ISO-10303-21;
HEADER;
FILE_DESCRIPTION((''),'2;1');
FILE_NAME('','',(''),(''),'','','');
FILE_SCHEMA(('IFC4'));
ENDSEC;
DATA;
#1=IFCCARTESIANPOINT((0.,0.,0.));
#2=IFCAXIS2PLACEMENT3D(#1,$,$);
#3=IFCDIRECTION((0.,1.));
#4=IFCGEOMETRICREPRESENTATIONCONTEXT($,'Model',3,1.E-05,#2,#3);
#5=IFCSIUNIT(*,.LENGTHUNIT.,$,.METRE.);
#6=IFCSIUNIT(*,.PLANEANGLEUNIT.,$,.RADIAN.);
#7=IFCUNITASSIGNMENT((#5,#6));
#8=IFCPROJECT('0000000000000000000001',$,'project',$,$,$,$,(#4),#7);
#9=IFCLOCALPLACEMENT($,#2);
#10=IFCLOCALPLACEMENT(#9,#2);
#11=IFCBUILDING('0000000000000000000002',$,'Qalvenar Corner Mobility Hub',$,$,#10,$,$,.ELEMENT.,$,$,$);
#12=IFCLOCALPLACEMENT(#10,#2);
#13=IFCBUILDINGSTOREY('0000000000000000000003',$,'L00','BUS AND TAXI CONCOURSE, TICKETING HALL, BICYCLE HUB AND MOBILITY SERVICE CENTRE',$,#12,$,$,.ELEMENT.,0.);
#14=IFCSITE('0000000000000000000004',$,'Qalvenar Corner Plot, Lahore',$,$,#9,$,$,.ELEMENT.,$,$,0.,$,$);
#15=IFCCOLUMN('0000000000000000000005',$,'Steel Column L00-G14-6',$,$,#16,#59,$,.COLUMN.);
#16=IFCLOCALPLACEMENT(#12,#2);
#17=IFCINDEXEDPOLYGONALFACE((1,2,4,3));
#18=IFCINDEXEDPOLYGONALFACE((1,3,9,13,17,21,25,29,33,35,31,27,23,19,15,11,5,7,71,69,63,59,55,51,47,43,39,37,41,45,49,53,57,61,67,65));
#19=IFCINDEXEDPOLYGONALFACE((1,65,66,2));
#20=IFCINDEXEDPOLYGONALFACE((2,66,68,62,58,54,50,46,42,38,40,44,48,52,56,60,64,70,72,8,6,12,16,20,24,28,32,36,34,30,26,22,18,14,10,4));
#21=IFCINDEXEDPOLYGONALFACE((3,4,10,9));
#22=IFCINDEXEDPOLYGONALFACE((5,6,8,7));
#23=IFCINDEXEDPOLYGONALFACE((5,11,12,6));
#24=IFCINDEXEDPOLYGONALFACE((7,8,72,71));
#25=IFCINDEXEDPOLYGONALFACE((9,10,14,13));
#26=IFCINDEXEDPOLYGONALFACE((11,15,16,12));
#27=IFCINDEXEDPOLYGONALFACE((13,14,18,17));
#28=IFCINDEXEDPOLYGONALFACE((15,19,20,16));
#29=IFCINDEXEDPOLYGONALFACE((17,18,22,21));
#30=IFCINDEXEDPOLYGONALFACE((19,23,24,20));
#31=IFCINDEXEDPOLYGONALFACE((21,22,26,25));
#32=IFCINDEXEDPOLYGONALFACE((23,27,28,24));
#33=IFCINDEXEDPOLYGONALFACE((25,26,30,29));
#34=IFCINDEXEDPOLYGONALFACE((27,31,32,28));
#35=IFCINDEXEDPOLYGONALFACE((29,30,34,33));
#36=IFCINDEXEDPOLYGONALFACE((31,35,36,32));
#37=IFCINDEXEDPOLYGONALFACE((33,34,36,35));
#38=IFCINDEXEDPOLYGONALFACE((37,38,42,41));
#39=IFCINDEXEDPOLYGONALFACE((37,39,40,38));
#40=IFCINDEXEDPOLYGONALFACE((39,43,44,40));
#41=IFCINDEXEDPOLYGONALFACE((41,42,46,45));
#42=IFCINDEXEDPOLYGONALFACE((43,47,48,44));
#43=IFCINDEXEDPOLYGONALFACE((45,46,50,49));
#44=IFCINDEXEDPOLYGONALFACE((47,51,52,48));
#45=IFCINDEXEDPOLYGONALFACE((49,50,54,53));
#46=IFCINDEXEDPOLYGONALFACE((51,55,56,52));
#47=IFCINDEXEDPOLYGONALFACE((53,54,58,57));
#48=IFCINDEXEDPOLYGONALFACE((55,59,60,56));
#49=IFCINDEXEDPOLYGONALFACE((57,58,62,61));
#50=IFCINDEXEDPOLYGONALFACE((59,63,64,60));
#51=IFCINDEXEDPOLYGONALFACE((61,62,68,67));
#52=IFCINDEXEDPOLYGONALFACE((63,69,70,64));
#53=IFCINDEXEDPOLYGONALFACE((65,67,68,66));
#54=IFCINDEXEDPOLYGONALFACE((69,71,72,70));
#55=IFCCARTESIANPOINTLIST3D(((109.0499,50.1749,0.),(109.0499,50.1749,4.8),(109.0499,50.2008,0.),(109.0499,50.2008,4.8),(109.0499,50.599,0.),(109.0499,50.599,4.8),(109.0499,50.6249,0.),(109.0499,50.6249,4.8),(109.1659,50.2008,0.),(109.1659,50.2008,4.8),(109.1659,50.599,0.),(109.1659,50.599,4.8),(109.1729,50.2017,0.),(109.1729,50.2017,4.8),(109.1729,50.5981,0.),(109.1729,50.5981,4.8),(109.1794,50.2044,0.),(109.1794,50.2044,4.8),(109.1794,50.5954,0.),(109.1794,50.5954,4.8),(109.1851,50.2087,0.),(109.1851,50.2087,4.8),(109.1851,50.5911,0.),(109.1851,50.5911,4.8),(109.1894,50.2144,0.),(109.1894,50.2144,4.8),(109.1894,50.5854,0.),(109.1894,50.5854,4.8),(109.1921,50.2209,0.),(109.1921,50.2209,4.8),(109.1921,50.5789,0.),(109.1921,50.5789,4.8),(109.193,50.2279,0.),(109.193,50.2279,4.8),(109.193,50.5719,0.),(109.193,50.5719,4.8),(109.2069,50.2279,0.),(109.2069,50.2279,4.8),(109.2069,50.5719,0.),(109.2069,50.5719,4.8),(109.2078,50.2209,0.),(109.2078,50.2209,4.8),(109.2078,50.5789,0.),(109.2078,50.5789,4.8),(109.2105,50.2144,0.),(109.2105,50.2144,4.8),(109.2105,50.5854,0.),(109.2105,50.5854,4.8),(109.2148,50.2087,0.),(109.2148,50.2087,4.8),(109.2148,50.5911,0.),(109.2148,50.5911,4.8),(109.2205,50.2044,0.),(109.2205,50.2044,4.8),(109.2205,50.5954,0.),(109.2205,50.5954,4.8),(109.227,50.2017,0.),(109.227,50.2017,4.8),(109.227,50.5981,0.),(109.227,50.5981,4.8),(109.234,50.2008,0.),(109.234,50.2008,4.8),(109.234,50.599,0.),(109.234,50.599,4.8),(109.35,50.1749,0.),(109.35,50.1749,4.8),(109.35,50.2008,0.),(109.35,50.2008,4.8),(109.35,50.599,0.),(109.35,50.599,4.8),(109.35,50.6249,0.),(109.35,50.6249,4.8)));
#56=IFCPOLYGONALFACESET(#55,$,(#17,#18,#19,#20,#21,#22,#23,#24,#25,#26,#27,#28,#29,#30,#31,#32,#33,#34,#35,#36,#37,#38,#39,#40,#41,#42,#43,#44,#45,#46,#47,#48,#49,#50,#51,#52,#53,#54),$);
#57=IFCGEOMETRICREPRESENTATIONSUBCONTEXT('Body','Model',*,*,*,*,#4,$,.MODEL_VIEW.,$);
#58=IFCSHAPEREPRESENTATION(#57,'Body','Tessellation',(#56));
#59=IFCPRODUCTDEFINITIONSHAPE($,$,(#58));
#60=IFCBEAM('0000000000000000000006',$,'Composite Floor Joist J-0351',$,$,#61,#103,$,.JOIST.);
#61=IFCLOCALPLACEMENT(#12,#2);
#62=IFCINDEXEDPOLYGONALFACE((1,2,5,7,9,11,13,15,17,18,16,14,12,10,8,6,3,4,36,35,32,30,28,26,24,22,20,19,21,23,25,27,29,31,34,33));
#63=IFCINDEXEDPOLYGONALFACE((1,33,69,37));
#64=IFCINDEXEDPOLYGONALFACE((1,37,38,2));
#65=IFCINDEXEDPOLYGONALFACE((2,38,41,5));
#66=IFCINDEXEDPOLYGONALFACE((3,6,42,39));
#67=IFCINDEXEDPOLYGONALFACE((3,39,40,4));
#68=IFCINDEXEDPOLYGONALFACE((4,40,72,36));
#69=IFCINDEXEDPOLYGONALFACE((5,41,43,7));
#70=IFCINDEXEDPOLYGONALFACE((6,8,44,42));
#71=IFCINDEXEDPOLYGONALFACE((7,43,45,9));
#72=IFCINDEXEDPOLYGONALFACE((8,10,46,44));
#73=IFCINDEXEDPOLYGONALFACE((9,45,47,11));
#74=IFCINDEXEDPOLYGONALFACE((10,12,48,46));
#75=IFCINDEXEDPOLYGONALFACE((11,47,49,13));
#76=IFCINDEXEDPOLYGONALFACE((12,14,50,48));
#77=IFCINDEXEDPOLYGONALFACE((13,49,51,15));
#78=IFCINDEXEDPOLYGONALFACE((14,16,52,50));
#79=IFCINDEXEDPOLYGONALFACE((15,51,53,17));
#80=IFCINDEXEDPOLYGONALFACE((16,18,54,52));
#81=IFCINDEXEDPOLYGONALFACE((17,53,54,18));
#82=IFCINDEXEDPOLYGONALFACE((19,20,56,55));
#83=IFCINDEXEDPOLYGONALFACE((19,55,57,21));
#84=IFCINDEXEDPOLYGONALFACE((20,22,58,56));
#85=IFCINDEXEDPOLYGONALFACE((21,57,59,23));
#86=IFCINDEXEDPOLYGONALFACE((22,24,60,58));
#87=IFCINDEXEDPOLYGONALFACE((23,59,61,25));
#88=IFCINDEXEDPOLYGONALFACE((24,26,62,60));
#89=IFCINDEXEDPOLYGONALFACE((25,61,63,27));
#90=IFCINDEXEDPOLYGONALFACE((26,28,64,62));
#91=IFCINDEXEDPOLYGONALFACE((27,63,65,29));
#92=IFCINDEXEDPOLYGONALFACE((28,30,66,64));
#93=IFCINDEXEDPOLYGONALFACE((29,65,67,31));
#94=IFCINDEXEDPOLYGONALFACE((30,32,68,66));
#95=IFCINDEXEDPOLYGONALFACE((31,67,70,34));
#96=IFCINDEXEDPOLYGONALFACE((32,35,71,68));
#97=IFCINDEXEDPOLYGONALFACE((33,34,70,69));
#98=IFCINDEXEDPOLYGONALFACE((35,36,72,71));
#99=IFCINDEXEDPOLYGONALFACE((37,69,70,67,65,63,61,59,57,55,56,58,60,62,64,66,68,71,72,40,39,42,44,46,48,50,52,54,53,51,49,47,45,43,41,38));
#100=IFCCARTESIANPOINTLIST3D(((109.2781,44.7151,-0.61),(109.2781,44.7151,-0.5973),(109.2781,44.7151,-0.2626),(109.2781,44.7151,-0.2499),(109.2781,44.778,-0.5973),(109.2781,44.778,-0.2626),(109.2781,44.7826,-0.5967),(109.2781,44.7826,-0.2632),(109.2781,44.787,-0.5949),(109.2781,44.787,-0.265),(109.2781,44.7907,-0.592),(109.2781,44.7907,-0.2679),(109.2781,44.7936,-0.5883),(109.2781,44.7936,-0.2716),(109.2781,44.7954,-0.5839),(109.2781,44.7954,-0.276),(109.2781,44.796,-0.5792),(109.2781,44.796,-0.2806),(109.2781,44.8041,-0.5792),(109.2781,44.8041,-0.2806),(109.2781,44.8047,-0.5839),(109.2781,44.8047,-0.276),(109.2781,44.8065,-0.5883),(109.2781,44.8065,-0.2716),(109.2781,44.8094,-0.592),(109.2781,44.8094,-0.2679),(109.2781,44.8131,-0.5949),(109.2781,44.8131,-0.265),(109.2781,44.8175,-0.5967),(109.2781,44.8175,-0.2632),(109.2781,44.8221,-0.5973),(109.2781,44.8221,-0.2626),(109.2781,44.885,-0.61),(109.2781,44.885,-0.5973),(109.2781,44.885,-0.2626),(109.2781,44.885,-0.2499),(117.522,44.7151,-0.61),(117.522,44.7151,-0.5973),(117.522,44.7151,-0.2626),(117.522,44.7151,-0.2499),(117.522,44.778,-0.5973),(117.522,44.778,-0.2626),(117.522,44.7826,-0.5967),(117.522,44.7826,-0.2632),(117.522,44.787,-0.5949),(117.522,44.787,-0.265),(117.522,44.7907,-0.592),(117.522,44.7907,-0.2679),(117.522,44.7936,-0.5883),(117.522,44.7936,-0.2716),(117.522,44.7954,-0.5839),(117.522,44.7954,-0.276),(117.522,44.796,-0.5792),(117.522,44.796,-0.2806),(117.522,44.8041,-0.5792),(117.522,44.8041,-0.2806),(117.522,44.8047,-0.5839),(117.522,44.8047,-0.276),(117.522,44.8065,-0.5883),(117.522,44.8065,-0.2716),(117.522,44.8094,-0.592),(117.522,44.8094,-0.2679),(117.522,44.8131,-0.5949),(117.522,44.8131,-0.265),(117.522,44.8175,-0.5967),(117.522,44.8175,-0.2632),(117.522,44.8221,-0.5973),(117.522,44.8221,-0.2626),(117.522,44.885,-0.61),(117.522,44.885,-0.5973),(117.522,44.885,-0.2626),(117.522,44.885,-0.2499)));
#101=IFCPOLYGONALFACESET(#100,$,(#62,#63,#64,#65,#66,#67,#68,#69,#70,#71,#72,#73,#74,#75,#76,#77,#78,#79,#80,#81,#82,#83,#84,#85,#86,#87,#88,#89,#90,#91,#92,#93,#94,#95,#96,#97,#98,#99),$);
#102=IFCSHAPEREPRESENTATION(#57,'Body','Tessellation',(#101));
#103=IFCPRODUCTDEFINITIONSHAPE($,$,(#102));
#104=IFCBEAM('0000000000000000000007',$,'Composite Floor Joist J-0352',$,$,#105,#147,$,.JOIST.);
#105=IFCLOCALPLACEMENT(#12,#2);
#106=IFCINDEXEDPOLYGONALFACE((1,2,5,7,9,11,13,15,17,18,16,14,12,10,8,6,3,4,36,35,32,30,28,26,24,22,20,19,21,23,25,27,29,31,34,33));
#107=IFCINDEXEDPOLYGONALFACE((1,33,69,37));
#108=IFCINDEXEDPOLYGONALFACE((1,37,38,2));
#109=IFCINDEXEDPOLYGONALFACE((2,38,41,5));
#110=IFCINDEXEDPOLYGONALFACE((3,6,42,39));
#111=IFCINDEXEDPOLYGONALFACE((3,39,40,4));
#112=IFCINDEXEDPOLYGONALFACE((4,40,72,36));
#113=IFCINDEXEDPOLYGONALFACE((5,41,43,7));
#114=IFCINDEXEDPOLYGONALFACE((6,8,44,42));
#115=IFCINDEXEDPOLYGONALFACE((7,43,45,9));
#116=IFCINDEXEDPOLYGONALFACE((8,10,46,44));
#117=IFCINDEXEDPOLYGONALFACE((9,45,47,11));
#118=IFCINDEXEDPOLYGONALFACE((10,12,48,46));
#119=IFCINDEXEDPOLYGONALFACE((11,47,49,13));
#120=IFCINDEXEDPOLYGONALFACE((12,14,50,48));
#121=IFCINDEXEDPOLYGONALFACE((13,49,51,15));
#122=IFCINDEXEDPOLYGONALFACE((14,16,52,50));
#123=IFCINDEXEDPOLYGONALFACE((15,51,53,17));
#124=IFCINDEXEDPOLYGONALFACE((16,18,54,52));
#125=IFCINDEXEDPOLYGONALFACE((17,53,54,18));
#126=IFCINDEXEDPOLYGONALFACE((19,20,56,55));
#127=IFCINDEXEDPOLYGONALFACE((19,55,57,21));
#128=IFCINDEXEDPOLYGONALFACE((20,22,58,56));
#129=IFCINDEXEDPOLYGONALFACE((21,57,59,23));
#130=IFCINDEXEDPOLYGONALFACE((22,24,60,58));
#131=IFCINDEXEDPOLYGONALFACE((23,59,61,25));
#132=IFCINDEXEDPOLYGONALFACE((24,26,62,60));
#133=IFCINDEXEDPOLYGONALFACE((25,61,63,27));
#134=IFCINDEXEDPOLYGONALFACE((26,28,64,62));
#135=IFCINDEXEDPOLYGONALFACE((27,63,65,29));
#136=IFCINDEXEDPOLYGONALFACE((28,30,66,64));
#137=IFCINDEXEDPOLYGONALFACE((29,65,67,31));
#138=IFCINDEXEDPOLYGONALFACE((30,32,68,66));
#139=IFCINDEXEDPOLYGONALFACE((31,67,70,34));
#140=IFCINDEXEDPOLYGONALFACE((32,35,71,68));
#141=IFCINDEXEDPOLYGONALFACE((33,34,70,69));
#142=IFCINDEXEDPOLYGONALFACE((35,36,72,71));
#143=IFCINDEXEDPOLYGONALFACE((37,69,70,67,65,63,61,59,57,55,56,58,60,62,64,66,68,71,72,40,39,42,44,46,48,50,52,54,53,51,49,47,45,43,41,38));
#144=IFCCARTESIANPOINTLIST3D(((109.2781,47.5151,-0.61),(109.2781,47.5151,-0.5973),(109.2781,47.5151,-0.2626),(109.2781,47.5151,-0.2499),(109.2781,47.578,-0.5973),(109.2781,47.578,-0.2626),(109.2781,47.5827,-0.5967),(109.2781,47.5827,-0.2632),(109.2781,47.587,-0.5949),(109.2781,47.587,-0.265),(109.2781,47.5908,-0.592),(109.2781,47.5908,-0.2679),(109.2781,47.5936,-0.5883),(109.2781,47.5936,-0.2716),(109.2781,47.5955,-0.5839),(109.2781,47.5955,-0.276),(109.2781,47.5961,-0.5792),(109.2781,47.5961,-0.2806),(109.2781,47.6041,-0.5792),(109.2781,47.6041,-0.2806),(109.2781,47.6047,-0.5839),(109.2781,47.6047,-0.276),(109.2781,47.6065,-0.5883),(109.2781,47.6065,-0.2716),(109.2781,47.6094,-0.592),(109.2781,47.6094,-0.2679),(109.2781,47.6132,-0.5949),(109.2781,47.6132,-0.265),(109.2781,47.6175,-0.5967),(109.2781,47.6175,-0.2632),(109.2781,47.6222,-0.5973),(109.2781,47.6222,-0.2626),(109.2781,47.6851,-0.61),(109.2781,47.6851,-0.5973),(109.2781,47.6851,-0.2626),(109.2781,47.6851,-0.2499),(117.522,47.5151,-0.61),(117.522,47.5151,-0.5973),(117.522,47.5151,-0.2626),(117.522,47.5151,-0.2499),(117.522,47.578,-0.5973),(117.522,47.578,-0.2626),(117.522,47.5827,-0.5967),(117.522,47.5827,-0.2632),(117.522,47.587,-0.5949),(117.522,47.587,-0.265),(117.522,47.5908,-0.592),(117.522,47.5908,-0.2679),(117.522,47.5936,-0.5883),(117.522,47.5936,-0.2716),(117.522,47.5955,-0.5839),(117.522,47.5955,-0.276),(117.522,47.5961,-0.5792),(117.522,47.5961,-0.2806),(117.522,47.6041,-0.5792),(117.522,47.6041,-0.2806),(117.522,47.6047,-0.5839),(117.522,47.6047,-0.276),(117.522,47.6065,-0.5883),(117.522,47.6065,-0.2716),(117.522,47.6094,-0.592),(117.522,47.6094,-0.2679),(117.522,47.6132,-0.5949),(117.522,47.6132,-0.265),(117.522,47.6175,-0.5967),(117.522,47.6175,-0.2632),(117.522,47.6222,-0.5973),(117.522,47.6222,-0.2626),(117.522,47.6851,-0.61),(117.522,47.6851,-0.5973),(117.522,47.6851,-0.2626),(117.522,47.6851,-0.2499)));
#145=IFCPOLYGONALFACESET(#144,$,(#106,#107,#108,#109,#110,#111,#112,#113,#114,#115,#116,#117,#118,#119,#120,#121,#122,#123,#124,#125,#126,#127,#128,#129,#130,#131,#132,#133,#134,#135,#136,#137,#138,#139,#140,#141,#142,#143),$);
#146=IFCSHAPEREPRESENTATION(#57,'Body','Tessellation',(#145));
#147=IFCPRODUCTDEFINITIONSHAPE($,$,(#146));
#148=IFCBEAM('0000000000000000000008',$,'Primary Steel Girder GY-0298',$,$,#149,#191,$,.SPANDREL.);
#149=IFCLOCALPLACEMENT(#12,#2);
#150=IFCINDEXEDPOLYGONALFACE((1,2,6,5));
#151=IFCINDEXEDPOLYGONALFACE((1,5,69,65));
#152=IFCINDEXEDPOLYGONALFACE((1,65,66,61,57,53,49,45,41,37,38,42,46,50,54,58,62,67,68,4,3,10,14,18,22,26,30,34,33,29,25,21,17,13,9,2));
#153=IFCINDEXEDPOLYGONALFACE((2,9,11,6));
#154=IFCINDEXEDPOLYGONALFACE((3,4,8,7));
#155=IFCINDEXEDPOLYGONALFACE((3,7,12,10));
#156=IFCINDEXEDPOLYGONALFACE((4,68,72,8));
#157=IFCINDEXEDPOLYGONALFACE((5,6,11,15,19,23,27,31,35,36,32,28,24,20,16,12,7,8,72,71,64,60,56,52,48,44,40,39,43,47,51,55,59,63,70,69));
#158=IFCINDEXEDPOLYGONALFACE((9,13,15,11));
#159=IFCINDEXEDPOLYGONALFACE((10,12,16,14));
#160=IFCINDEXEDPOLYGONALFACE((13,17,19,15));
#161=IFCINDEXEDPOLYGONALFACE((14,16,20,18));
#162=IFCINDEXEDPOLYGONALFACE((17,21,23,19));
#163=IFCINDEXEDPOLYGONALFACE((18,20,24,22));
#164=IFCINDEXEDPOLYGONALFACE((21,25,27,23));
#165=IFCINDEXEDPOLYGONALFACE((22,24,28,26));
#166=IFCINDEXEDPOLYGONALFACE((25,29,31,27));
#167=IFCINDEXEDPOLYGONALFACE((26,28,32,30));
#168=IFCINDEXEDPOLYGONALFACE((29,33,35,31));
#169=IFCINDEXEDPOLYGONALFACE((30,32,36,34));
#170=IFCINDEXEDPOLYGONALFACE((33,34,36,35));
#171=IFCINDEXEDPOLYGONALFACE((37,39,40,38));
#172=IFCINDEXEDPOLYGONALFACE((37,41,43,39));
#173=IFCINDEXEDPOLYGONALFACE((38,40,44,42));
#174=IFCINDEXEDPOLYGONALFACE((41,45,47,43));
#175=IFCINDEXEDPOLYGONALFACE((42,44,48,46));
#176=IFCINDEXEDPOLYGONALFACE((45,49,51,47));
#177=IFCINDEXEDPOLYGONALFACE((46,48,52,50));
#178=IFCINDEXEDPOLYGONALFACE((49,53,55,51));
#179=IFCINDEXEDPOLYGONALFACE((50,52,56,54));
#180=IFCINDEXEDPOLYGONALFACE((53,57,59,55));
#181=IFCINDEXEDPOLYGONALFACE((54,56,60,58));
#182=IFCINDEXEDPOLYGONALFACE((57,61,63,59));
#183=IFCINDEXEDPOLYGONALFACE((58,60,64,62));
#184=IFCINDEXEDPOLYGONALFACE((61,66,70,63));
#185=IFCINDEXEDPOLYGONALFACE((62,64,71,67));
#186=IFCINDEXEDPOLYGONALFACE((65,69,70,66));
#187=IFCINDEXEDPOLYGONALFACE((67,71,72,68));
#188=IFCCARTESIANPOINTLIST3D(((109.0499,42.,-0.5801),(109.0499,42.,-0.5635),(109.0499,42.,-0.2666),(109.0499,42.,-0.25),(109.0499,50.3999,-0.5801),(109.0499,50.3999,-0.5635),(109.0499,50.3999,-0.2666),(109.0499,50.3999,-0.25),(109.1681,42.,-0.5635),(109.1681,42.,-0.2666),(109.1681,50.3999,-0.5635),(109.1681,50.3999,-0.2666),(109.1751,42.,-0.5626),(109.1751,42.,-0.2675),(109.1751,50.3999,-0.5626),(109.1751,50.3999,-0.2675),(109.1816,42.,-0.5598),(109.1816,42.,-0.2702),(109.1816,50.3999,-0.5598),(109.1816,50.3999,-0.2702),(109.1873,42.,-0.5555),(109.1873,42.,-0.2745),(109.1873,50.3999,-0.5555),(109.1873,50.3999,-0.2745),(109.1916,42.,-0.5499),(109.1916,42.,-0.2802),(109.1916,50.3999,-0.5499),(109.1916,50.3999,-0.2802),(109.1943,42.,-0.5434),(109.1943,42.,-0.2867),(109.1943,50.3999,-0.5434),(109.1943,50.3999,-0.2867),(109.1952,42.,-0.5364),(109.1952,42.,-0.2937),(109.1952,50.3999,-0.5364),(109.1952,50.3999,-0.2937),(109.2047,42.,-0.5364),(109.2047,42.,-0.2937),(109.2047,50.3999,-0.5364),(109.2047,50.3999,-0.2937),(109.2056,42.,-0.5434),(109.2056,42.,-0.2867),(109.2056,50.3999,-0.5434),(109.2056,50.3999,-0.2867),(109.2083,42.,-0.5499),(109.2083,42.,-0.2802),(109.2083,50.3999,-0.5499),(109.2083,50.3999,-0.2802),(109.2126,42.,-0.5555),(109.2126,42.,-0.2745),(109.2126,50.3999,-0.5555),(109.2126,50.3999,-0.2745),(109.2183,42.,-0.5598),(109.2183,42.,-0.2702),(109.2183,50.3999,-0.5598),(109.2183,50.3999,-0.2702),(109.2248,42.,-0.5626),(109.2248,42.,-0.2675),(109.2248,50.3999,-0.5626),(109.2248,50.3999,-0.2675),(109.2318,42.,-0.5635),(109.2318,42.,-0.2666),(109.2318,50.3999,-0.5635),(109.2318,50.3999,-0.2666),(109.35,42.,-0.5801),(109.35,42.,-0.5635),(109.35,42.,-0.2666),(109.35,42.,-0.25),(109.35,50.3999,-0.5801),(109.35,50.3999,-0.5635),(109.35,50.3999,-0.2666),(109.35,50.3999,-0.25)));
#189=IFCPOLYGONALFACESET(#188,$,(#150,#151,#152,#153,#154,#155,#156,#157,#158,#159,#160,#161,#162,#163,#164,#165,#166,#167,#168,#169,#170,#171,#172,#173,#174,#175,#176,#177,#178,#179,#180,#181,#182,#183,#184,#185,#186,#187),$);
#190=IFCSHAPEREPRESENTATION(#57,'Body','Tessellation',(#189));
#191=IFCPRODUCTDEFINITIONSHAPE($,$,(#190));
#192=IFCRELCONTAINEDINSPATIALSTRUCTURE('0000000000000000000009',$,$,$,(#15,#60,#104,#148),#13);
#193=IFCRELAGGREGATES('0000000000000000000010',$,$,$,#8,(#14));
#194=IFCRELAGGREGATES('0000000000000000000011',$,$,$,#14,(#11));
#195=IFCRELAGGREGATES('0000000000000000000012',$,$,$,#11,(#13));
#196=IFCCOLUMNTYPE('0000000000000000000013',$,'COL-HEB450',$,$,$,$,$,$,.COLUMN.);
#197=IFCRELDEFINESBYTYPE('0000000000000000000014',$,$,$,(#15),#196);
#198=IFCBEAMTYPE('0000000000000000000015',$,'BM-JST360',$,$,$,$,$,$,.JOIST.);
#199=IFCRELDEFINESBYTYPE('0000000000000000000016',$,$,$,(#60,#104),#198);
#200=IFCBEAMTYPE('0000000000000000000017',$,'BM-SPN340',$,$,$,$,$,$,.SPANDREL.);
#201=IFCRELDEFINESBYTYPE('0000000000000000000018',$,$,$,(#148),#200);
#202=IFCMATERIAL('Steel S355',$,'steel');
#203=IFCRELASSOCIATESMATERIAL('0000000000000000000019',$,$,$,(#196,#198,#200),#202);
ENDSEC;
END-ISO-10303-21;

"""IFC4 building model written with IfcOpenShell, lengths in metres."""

from ifc_helpers import new_model, si_unit, direction, frame, origin, origin_2d, place, context, subcontext, project, spatial, i_section, extrude, material, material_profile, profile_set, type_object, element, save


model = new_model("IFC4")

# Units and contexts
model_context = context("Model", 3, precision=1e-05, world=origin(), true_north=direction((0.0, 1.0)))
body_context = subcontext(model_context, "Body", "Model", "MODEL_VIEW")
ifc_project = project(units=[si_unit("LENGTHUNIT", "METRE"), si_unit("PLANEANGLEUNIT", "RADIAN")], contexts=[model_context])

# Site, building, storey
site_placement = place(None, origin())
site = spatial("IfcSite", under=ifc_project, at=site_placement, Name="Qalvenar Corner Plot, Lahore", CompositionType="ELEMENT", RefElevation=0.0)
building_placement = place(site_placement, origin())
building = spatial("IfcBuilding", under=site, at=building_placement, Name="Qalvenar Corner Mobility Hub", CompositionType="ELEMENT")
storey_placement = place(building_placement, origin())
storey = spatial("IfcBuildingStorey", under=building, at=storey_placement, Name="L00", Description="BUS AND TAXI CONCOURSE, TICKETING HALL, BICYCLE HUB AND MOBILITY SERVICE CENTRE", CompositionType="ELEMENT", Elevation=0.0)

# Column
ifc_material_1 = material(Name="Steel S355", Category="steel")
ifc_material_profile_1 = material_profile(ifc_material_1, i_section(OverallWidth=0.3, OverallDepth=0.45, WebThickness=0.0139, FlangeThickness=0.0259, FilletRadius=0.0271, at=origin_2d()), Name="HEB450")
ifc_profile_set_1 = profile_set([ifc_material_profile_1], Name="Steel S355")
column_type = type_object("IfcColumnType", Name="COL-HEB450", PredefinedType="COLUMN", material=ifc_profile_set_1)
column_placement = place(storey_placement, frame((109.2, 50.3999, 0.0), z_axis=(0.0, 0.0, 1.0), x_axis=(1.0, 0.0, 0.0)))
element("IfcColumn", 1, at=column_placement, inside=storey, type_object=column_type, Name="Steel Column L00-G14-6", PredefinedType="COLUMN", context=body_context, shape_type="SweptSolid", body=[
    extrude(i_section(OverallWidth=0.3, OverallDepth=0.45, WebThickness=0.0139, FlangeThickness=0.0259, FilletRadius=0.0271, at=origin_2d()), origin(), (0.0, 0.0, 1.0), 4.8),
])

# Beams
ifc_material_profile_2 = material_profile(ifc_material_1, i_section(OverallWidth=0.1699, OverallDepth=0.3601, WebThickness=0.0081, FlangeThickness=0.0127, FilletRadius=0.0181, at=origin_2d()), Name="IPE360")
ifc_profile_set_2 = profile_set([ifc_material_profile_2], Name="Steel S355")
beam_type_1 = type_object("IfcBeamType", Name="BM-JST360", PredefinedType="JOIST", material=ifc_profile_set_2)
for number, where, z_axis, x_axis, name in (
    (2, (109.2781, 44.8, -0.4299), (1.0, 0.0, 0.0), (0.0, 1.0, 0.0), "Composite Floor Joist J-0351"),
    (3, (109.2781, 47.6001, -0.4299), (1.0, 0.0, 0.0), (0.0, 1.0, 0.0), "Composite Floor Joist J-0352"),
):
    element("IfcBeam", number, at=place(storey_placement, frame(where, z_axis=z_axis, x_axis=x_axis)), inside=storey, type_object=beam_type_1, Name=name, PredefinedType="JOIST", context=body_context, shape_type="SweptSolid", body=[
        extrude(i_section(OverallWidth=0.1699, OverallDepth=0.3601, WebThickness=0.0081, FlangeThickness=0.0127, FilletRadius=0.0181, at=origin_2d()), origin(), (0.0, 0.0, 1.0), 8.2439),
    ])
ifc_material_profile_3 = material_profile(ifc_material_1, i_section(OverallWidth=0.3, OverallDepth=0.3301, WebThickness=0.0095, FlangeThickness=0.0166, FilletRadius=0.0271, at=origin_2d()), Name="HEA340")
ifc_profile_set_3 = profile_set([ifc_material_profile_3], Name="Steel S355")
beam_type_2 = type_object("IfcBeamType", Name="BM-SPN340", PredefinedType="SPANDREL", material=ifc_profile_set_3)
beam_1_placement = place(storey_placement, frame((109.2, 42.0, -0.415), z_axis=(0.0, 1.0, 0.0), x_axis=(-1.0, 0.0, 0.0)))
element("IfcBeam", 4, at=beam_1_placement, inside=storey, type_object=beam_type_2, Name="Primary Steel Girder GY-0298", PredefinedType="SPANDREL", context=body_context, shape_type="SweptSolid", body=[
    extrude(i_section(OverallWidth=0.3, OverallDepth=0.3301, WebThickness=0.0095, FlangeThickness=0.0166, FilletRadius=0.0271, at=origin_2d()), origin(), (0.0, 0.0, 1.0), 8.3999),
])

save(model, "model.ifc")
